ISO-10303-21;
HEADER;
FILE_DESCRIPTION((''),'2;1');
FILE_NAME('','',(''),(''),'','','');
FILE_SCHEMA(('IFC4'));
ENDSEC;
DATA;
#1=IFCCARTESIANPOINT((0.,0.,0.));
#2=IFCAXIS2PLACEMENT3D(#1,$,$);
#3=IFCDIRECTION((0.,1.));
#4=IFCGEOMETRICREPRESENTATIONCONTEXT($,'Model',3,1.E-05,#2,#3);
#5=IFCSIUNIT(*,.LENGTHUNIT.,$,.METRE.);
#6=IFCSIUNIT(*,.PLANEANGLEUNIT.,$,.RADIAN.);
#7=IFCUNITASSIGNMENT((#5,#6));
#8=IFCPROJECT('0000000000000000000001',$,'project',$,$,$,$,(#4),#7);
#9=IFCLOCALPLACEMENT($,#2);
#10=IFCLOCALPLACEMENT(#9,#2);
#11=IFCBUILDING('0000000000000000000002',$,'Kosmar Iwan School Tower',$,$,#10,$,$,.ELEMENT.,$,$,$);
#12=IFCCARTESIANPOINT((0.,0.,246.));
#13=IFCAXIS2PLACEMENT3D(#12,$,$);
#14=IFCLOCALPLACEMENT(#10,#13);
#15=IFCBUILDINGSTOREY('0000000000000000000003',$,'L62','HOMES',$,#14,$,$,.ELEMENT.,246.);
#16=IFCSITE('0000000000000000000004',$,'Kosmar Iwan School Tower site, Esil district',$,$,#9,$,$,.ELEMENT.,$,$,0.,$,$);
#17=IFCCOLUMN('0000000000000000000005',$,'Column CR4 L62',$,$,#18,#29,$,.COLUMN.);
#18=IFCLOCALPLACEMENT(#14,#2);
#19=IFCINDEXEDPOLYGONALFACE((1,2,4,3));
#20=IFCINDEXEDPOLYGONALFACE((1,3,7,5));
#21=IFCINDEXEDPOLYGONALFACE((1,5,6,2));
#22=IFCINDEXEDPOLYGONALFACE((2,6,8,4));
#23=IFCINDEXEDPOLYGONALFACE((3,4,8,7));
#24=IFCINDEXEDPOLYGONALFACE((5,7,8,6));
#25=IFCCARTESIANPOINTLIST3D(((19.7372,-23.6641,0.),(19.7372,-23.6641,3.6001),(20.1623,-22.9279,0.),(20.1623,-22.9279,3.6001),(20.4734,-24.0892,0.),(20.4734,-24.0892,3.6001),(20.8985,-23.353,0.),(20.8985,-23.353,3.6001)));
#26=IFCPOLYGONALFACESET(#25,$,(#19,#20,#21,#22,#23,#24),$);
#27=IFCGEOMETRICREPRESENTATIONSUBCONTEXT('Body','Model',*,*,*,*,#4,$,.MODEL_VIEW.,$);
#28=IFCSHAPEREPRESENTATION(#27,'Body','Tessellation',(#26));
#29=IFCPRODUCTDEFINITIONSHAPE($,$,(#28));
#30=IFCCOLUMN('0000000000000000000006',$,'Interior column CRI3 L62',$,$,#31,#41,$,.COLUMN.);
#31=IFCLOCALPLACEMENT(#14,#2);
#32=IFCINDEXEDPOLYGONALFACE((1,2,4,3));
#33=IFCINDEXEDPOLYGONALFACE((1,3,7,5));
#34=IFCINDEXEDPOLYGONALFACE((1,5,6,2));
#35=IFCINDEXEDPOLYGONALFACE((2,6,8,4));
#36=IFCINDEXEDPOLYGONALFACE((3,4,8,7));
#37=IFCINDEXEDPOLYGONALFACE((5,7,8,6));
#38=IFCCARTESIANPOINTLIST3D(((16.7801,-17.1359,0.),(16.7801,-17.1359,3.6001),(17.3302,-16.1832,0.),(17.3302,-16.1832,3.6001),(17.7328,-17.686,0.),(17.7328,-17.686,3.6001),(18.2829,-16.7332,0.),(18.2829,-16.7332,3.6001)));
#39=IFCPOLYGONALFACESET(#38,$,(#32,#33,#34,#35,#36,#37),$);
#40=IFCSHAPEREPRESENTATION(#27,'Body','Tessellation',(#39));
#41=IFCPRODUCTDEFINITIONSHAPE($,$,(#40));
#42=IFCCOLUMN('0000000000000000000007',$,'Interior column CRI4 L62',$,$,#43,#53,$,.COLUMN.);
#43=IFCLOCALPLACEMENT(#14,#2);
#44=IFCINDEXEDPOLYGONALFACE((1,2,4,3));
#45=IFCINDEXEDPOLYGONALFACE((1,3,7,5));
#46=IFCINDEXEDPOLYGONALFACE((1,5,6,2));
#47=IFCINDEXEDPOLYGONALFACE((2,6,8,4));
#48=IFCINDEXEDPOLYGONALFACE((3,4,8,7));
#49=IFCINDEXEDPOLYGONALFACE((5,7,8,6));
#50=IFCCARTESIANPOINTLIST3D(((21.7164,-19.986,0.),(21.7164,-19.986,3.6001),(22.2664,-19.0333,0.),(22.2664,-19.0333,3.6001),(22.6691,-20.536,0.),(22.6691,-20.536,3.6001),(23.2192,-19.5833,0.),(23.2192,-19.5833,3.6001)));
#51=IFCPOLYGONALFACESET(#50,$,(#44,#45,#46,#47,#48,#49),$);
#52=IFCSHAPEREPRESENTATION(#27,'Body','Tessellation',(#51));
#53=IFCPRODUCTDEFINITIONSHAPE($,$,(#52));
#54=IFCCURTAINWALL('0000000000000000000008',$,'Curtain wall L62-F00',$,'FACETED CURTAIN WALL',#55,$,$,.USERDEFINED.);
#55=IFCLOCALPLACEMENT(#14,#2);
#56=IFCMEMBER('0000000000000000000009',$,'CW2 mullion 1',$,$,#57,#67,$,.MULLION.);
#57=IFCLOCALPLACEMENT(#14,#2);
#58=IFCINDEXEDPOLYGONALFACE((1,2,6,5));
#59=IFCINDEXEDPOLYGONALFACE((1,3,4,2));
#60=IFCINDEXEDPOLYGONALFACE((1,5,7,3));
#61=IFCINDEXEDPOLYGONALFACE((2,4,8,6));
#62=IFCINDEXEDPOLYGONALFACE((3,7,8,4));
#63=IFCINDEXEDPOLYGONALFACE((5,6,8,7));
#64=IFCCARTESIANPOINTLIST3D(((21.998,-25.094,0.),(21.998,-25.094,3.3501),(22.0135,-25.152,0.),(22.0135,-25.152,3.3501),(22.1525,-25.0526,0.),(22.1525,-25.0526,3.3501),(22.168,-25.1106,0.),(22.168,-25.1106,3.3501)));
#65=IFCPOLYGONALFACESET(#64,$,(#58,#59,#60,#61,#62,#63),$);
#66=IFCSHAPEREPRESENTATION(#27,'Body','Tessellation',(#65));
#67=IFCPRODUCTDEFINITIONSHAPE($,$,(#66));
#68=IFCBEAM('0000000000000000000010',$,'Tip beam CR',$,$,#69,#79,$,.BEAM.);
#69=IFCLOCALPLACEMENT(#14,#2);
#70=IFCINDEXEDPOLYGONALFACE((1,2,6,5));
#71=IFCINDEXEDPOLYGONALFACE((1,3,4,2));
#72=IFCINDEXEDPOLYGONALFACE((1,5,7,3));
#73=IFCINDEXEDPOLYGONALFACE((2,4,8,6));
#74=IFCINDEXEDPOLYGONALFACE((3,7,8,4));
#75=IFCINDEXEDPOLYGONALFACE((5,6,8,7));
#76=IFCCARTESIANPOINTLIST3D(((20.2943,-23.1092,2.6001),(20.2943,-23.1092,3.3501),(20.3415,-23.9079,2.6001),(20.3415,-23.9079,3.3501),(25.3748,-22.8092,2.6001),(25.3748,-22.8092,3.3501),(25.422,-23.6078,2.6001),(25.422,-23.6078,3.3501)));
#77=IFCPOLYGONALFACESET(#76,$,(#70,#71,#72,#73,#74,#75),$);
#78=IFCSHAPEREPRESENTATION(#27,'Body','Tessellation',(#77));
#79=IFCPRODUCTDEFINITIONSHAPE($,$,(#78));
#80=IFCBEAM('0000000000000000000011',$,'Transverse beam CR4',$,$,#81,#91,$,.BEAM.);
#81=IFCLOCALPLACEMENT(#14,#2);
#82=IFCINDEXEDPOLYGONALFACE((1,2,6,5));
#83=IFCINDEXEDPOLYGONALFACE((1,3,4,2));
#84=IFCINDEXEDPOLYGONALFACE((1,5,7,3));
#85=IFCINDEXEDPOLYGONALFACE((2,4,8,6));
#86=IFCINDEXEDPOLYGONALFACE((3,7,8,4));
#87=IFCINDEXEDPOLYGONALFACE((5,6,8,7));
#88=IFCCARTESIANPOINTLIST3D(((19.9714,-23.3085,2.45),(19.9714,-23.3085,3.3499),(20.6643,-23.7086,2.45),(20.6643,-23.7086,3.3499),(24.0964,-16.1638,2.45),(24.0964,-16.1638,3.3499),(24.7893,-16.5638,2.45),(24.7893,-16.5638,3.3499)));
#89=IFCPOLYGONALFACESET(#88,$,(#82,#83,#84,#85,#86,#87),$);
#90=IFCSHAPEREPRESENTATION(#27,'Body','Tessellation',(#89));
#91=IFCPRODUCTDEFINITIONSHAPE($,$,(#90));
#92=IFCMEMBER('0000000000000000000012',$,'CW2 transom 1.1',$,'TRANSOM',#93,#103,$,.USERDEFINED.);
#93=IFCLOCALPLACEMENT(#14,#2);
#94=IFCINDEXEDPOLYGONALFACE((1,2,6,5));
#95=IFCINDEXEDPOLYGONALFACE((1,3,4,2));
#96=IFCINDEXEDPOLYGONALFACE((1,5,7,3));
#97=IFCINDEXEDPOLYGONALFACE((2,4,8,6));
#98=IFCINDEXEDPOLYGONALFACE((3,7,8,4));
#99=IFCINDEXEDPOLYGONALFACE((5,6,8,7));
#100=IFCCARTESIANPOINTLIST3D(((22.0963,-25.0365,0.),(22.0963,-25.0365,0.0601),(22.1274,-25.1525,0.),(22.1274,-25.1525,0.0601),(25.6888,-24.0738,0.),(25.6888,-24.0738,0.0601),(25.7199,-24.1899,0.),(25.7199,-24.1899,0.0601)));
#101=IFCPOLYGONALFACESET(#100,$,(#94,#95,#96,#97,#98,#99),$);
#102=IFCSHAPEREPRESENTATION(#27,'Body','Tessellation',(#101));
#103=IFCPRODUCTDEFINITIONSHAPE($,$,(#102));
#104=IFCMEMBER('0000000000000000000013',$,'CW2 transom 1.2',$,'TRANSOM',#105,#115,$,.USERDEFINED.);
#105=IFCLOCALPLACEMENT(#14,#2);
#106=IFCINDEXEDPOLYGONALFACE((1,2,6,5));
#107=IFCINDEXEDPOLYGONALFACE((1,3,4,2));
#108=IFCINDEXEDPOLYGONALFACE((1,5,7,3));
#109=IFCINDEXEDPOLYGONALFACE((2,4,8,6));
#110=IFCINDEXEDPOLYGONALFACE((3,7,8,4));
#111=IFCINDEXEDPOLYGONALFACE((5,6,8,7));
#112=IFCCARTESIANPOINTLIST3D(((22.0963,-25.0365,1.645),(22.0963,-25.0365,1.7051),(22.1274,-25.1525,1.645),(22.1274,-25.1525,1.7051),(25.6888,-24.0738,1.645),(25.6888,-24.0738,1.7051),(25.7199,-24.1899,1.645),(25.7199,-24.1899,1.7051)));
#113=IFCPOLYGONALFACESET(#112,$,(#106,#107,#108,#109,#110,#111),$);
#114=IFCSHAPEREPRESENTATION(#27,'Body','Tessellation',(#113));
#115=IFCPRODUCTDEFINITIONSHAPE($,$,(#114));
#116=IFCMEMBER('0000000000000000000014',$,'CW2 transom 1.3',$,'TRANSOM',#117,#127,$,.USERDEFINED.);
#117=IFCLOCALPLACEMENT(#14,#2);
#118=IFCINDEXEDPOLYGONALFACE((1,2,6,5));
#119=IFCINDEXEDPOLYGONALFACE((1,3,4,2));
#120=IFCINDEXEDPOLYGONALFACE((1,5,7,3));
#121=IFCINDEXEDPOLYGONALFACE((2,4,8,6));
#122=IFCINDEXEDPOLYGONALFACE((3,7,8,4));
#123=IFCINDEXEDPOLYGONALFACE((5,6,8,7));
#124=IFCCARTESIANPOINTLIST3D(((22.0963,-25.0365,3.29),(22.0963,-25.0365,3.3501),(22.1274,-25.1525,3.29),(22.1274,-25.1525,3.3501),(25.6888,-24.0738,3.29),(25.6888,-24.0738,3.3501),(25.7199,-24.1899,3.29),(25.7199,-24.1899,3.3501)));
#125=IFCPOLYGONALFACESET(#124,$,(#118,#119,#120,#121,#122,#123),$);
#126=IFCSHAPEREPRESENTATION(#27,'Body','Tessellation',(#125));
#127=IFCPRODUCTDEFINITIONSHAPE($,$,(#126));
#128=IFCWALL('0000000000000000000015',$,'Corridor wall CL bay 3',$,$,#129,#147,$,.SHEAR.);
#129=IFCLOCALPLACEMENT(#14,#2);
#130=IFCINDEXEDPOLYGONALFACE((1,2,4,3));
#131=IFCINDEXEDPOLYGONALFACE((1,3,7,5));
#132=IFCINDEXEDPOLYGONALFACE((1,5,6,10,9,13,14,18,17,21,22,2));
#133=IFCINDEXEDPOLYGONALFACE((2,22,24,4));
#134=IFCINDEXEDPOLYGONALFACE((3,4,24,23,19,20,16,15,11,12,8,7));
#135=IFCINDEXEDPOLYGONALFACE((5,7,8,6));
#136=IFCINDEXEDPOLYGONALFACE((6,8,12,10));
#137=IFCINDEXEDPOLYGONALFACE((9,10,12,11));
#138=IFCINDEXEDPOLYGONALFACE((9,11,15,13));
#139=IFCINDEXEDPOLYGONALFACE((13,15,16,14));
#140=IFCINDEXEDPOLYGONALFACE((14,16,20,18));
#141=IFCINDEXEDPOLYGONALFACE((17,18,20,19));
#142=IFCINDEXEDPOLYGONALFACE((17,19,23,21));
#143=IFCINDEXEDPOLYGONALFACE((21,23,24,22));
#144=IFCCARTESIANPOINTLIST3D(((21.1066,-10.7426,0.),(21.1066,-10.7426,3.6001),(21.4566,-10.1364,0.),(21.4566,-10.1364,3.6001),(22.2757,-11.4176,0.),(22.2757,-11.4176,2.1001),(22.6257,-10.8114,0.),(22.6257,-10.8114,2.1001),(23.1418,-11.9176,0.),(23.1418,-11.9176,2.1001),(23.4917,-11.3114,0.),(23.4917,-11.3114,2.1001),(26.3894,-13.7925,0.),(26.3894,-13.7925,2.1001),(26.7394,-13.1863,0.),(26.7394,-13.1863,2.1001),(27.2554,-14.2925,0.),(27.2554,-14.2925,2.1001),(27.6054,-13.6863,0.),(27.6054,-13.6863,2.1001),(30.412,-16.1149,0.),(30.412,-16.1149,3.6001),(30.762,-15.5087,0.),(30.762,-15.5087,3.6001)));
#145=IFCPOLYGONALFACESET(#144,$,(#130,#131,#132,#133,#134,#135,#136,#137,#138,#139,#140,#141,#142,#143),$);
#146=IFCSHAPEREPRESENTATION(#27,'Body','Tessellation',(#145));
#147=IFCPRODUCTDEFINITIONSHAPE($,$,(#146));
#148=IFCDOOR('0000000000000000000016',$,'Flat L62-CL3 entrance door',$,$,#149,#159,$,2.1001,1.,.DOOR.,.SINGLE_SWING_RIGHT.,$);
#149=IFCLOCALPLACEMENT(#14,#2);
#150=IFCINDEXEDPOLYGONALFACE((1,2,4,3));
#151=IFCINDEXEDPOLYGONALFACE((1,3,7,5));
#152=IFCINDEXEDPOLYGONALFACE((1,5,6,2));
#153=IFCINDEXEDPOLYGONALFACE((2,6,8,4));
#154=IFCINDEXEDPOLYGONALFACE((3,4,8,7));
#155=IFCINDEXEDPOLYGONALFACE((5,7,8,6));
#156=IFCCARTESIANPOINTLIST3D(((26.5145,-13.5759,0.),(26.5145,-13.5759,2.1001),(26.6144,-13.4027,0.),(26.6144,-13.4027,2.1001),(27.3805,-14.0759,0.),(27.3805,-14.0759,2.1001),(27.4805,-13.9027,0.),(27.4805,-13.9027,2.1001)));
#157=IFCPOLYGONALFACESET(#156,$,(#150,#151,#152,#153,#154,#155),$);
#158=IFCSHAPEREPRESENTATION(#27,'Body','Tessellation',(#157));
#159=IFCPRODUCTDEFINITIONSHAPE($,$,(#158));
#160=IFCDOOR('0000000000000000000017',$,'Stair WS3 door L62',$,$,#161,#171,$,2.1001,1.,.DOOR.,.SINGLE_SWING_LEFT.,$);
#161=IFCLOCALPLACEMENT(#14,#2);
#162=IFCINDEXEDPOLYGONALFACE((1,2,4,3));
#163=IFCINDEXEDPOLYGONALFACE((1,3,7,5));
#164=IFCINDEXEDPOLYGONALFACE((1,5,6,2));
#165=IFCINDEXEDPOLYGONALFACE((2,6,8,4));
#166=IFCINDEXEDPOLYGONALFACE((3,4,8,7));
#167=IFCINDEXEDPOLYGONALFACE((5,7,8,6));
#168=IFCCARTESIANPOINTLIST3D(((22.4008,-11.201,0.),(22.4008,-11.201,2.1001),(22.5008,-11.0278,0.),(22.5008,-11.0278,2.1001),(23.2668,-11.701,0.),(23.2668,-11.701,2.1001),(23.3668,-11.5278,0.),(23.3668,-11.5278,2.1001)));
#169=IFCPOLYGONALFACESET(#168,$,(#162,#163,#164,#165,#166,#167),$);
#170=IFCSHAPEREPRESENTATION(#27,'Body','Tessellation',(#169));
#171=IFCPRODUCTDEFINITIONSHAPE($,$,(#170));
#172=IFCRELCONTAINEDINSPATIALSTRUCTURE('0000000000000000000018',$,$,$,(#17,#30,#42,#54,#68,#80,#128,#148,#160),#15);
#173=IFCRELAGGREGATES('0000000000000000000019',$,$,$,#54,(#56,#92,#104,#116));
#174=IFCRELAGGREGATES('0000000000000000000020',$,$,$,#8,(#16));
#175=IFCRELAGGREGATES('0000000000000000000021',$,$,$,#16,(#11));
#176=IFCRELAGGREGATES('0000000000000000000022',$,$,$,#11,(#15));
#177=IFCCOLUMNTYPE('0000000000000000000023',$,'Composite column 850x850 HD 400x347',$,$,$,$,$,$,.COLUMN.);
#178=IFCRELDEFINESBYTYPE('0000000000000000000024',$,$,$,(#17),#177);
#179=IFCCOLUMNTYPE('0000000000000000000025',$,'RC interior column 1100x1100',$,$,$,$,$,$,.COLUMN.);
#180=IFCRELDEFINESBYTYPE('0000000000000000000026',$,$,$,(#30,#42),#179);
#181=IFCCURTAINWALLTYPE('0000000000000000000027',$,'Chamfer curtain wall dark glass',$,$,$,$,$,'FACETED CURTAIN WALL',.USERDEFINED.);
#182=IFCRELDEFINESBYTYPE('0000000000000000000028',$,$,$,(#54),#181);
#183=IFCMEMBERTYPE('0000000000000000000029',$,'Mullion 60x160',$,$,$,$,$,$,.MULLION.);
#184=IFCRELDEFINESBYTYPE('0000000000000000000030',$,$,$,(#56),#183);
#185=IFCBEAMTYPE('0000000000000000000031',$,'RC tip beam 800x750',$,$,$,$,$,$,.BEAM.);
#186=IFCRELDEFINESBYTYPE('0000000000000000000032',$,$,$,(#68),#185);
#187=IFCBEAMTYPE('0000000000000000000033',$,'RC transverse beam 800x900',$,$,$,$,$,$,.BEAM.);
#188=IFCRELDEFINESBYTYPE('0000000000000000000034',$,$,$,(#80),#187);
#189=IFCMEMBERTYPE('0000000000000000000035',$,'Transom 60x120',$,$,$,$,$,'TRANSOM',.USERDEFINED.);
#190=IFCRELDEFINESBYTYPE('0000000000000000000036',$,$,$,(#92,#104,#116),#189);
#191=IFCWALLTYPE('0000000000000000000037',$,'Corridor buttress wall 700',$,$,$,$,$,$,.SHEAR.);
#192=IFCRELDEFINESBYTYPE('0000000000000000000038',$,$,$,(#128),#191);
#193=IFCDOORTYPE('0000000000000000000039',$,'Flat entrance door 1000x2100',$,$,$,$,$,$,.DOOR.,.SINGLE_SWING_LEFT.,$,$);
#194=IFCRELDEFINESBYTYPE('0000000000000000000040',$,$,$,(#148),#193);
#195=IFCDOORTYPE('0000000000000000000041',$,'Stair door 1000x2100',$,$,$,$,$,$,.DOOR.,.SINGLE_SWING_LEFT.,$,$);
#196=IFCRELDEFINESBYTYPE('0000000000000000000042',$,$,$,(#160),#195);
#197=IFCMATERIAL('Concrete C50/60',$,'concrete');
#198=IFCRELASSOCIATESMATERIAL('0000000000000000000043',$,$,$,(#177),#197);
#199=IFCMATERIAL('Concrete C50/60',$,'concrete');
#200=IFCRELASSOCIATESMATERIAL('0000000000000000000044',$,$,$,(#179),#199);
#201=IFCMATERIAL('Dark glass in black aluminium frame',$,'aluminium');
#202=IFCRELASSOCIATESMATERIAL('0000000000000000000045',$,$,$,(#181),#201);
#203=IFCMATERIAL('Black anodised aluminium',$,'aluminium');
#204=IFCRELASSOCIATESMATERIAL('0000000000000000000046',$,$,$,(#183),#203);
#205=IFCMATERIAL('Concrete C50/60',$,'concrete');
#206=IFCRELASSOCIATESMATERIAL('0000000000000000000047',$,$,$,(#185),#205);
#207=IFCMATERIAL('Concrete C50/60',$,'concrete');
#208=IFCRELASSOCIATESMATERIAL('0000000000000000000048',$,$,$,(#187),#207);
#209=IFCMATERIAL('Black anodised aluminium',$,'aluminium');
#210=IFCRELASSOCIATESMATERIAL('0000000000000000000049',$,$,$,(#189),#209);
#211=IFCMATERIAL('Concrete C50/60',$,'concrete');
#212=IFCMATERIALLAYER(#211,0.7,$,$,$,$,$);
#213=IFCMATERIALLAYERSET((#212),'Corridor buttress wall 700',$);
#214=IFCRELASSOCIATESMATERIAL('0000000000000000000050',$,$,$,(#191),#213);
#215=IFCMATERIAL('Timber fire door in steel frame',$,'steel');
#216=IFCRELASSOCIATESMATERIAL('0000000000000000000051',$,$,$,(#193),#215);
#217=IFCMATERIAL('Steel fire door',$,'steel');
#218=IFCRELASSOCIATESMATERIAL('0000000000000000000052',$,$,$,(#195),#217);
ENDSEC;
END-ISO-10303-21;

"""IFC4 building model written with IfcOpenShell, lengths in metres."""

from ifc_helpers import new_model, si_unit, direction, frame, frame_2d, origin, origin_2d, place, context, subcontext, project, spatial, rectangle, extrude, material, layer, layer_set, material_profile, profile_set, type_object, element, fill, aggregate, save


model = new_model("IFC4")

# Units and contexts
model_context = context("Model", 3, precision=1e-05, world=origin(), true_north=direction((0.0, 1.0)))
body_context = subcontext(model_context, "Body", "Model", "MODEL_VIEW")
ifc_project = project(units=[si_unit("LENGTHUNIT", "METRE"), si_unit("PLANEANGLEUNIT", "RADIAN")], contexts=[model_context])

# Site, building, storey
site_placement = place(None, origin())
site = spatial("IfcSite", under=ifc_project, at=site_placement, Name="Kosmar Iwan School Tower site, Esil district", CompositionType="ELEMENT", RefElevation=0.0)
building_placement = place(site_placement, origin())
building = spatial("IfcBuilding", under=site, at=building_placement, Name="Kosmar Iwan School Tower", CompositionType="ELEMENT")
storey_placement = place(building_placement, frame((0.0, 0.0, 246.0)))
storey = spatial("IfcBuildingStorey", under=building, at=storey_placement, Name="L62", Description="HOMES", CompositionType="ELEMENT", Elevation=246.0)

# Columns
ifc_material_1 = material(Name="Concrete C50/60", Category="concrete")
ifc_material_profile_1 = material_profile(ifc_material_1, rectangle(XDim=0.8501, YDim=0.8501, at=origin_2d()), Name="RC 850x850 + HD 400x347")
ifc_profile_set_1 = profile_set([ifc_material_profile_1], Name="Concrete C50/60")
column_type_1 = type_object("IfcColumnType", Name="Composite column 850x850 HD 400x347", PredefinedType="COLUMN", material=ifc_profile_set_1)
column_placement = place(storey_placement, frame((20.3179, -23.5085, 0.0), z_axis=(0.0, 0.0, 1.0), x_axis=(0.866025, -0.5, 0.0)))
element("IfcColumn", 1, at=column_placement, inside=storey, type_object=column_type_1, Name="Column CR4 L62", PredefinedType="COLUMN", context=body_context, shape_type="SweptSolid", body=[
    extrude(rectangle(XDim=0.8501, YDim=0.8501, at=origin_2d()), origin(), (0.0, 0.0, 1.0), 3.6001),
])
ifc_material_2 = material(Name="Concrete C50/60", Category="concrete")
ifc_material_profile_2 = material_profile(ifc_material_2, rectangle(XDim=1.1001, YDim=1.1001, at=origin_2d()), Name="RC 1100x1100")
ifc_profile_set_2 = profile_set([ifc_material_profile_2], Name="Concrete C50/60")
column_type_2 = type_object("IfcColumnType", Name="RC interior column 1100x1100", PredefinedType="COLUMN", material=ifc_profile_set_2)
for number, where, z_axis, x_axis, name in (
    (2, (17.5315, -16.9346, 0.0), (0.0, 0.0, 1.0), (0.866025, -0.5, 0.0), "Interior column CRI3 L62"),
    (3, (22.4678, -19.7847, 0.0), (0.0, 0.0, 1.0), (0.866025, -0.5, 0.0), "Interior column CRI4 L62"),
):
    element("IfcColumn", number, at=place(storey_placement, frame(where, z_axis=z_axis, x_axis=x_axis)), inside=storey, type_object=column_type_2, Name=name, PredefinedType="COLUMN", context=body_context, shape_type="SweptSolid", body=[
        extrude(rectangle(XDim=1.1001, YDim=1.1001, at=origin_2d()), origin(), (0.0, 0.0, 1.0), 3.6001),
    ])

# Curtain wall, member
ifc_material_3 = material(Name="Dark glass in black aluminium frame", Category="aluminium")
curtain_wall_type = type_object("IfcCurtainWallType", Name="Chamfer curtain wall dark glass", ElementType="FACETED CURTAIN WALL", PredefinedType="USERDEFINED", material=ifc_material_3)
curtain_wall_placement = place(storey_placement, origin())
curtain_wall = element("IfcCurtainWall", 4, at=curtain_wall_placement, inside=storey, type_object=curtain_wall_type, Name="Curtain wall L62-F00", ObjectType="FACETED CURTAIN WALL", PredefinedType="USERDEFINED")
ifc_material_4 = material(Name="Black anodised aluminium", Category="aluminium")
ifc_material_profile_3 = material_profile(ifc_material_4, rectangle(XDim=0.0601, YDim=0.1599, at=origin_2d()), Name="MULLION 60x160")
ifc_profile_set_3 = profile_set([ifc_material_profile_3], Name="Black anodised aluminium")
member_type_1 = type_object("IfcMemberType", Name="Mullion 60x160", PredefinedType="MULLION", material=ifc_profile_set_3)
member_1_placement = place(storey_placement, frame((22.083, -25.1023, 0.0), z_axis=(0.0, 0.0, 1.0), x_axis=(-0.258819, 0.965926, 0.0)))
member_1 = element("IfcMember", 5, at=member_1_placement, type_object=member_type_1, Name="CW2 mullion 1", PredefinedType="MULLION", context=body_context, shape_type="SweptSolid", body=[
    extrude(rectangle(XDim=0.0601, YDim=0.1599, at=origin_2d()), origin(), (0.0, 0.0, 1.0), 3.3501),
])

# Beams
ifc_material_5 = material(Name="Concrete C50/60", Category="concrete")
ifc_material_profile_4 = material_profile(ifc_material_5, rectangle(XDim=0.8, YDim=0.75, at=origin_2d()), Name="RC 800x750")
ifc_profile_set_4 = profile_set([ifc_material_profile_4], Name="Concrete C50/60")
beam_type_1 = type_object("IfcBeamType", Name="RC tip beam 800x750", PredefinedType="BEAM", material=ifc_profile_set_4)
beam_1_placement = place(storey_placement, frame((20.3179, -23.5085, 2.9751), z_axis=(0.998261, 0.058955, 0.0), x_axis=(-0.058955, 0.998261, 0.0)))
element("IfcBeam", 6, at=beam_1_placement, inside=storey, type_object=beam_type_1, Name="Tip beam CR", PredefinedType="BEAM", context=body_context, shape_type="SweptSolid", body=[
    extrude(rectangle(XDim=0.8, YDim=0.75, at=origin_2d()), origin(), (0.0, 0.0, 1.0), 5.0894),
])
ifc_material_6 = material(Name="Concrete C50/60", Category="concrete")
ifc_material_profile_5 = material_profile(ifc_material_6, rectangle(XDim=0.8, YDim=0.8999, at=origin_2d()), Name="RC 800x900")
ifc_profile_set_5 = profile_set([ifc_material_profile_5], Name="Concrete C50/60")
beam_type_2 = type_object("IfcBeamType", Name="RC transverse beam 800x900", PredefinedType="BEAM", material=ifc_profile_set_5)
beam_2_placement = place(storey_placement, frame((20.3179, -23.5085, 2.8999), z_axis=(0.499997, 0.866027, 0.0), x_axis=(-0.866027, 0.499997, 0.0)))
element("IfcBeam", 7, at=beam_2_placement, inside=storey, type_object=beam_type_2, Name="Transverse beam CR4", PredefinedType="BEAM", context=body_context, shape_type="SweptSolid", body=[
    extrude(rectangle(XDim=0.8, YDim=0.8999, at=origin_2d()), origin(), (0.0, 0.0, 1.0), 8.25),
])

# Members
ifc_material_7 = material(Name="Black anodised aluminium", Category="aluminium")
ifc_material_profile_6 = material_profile(ifc_material_7, rectangle(XDim=0.1201, YDim=0.0601, at=origin_2d()), Name="TRANSOM 60x120")
ifc_profile_set_6 = profile_set([ifc_material_profile_6], Name="Black anodised aluminium")
member_type_2 = type_object("IfcMemberType", Name="Transom 60x120", ElementType="TRANSOM", PredefinedType="USERDEFINED", material=ifc_profile_set_6)
member_2_placement = place(storey_placement, frame((22.1118, -25.0945, 0.03), z_axis=(0.965924, 0.258827, 0.0), x_axis=(-0.258827, 0.965924, 0.0)))
member_2 = element("IfcMember", 8, at=member_2_placement, type_object=member_type_2, Name="CW2 transom 1.1", ObjectType="TRANSOM", PredefinedType="USERDEFINED", context=body_context, shape_type="SweptSolid", body=[
    extrude(rectangle(XDim=0.1201, YDim=0.0601, at=origin_2d()), origin(), (0.0, 0.0, 1.0), 3.7192),
])
member_3_placement = place(storey_placement, frame((22.1118, -25.0945, 1.675), z_axis=(0.965924, 0.258827, 0.0), x_axis=(-0.258827, 0.965924, 0.0)))
member_3 = element("IfcMember", 9, at=member_3_placement, type_object=member_type_2, Name="CW2 transom 1.2", ObjectType="TRANSOM", PredefinedType="USERDEFINED", context=body_context, shape_type="SweptSolid", body=[
    extrude(rectangle(XDim=0.1201, YDim=0.0601, at=origin_2d()), origin(), (0.0, 0.0, 1.0), 3.7192),
])
member_4_placement = place(storey_placement, frame((22.1118, -25.0945, 3.3201), z_axis=(0.965924, 0.258827, 0.0), x_axis=(-0.258827, 0.965924, 0.0)))
member_4 = element("IfcMember", 10, at=member_4_placement, type_object=member_type_2, Name="CW2 transom 1.3", ObjectType="TRANSOM", PredefinedType="USERDEFINED", context=body_context, shape_type="SweptSolid", body=[
    extrude(rectangle(XDim=0.1201, YDim=0.0601, at=origin_2d()), origin(), (0.0, 0.0, 1.0), 3.7192),
])
aggregate(curtain_wall, [member_1, member_2, member_3, member_4])

# Wall, openings, doors
ifc_material_8 = material(Name="Concrete C50/60", Category="concrete")
ifc_layer_1 = layer(ifc_material_8, 0.7)
ifc_layer_set_1 = layer_set([ifc_layer_1], Name="Corridor buttress wall 700")
wall_type_1 = type_object("IfcWallType", Name="Corridor buttress wall 700", PredefinedType="SHEAR", material=ifc_layer_set_1)
wall_1_placement = place(storey_placement, frame((21.2815, -10.4395, 0.0), z_axis=(0.0, 0.0, 1.0), x_axis=(0.866032, -0.499988, 0.0)))
wall_1 = element("IfcWall", 11, at=wall_1_placement, inside=storey, type_object=wall_type_1, Name="Corridor wall CL bay 3", PredefinedType="SHEAR", context=body_context, shape_type="SweptSolid", body=[
    extrude(rectangle(XDim=10.7449, YDim=0.7, at=frame_2d((5.3726, 0.0))), origin(), (0.0, 0.0, 1.0), 3.6001),
])
opening_1_placement = place(wall_1_placement, frame((6.1001, 0.0, 0.0)))
opening_1 = element("IfcOpeningElement", 12, at=opening_1_placement, cuts=wall_1, PredefinedType="OPENING", context=body_context, shape_type="SweptSolid", body=[
    extrude(rectangle(XDim=1.0, YDim=2.1001, at=frame_2d((0.5, 1.05))), frame((0.0, 0.3621, 0.0), z_axis=(0.0, -1.0, 0.0), x_axis=(1.0, 0.0, 0.0)), (0.0, 0.0, 1.0), 0.7239),
])
opening_2_placement = place(wall_1_placement, frame((1.3501, 0.0, 0.0)))
opening_2 = element("IfcOpeningElement", 13, at=opening_2_placement, cuts=wall_1, PredefinedType="OPENING", context=body_context, shape_type="SweptSolid", body=[
    extrude(rectangle(XDim=1.0, YDim=2.1001, at=frame_2d((0.5, 1.05))), frame((0.0, 0.3621, 0.0), z_axis=(0.0, -1.0, 0.0), x_axis=(1.0, 0.0, 0.0)), (0.0, 0.0, 1.0), 0.7239),
])
ifc_material_9 = material(Name="Timber fire door in steel frame", Category="steel")
door_type_1 = type_object("IfcDoorType", Name="Flat entrance door 1000x2100", OperationType="SINGLE_SWING_LEFT", PredefinedType="DOOR", material=ifc_material_9)
door_1_placement = place(opening_1_placement, origin())
door_1 = element("IfcDoor", 14, at=door_1_placement, inside=storey, type_object=door_type_1, Name="Flat L62-CL3 entrance door", OperationType="SINGLE_SWING_RIGHT", OverallHeight=2.1001, OverallWidth=1.0, PredefinedType="DOOR", context=body_context, shape_type="SweptSolid", body=[
    extrude(rectangle(XDim=1.0, YDim=2.1001, at=frame_2d((0.5, 1.05))), frame((0.0, 0.1001, 0.0), z_axis=(0.0, -1.0, 0.0), x_axis=(1.0, 0.0, 0.0)), (0.0, 0.0, 1.0), 0.2),
])
fill(opening_1, door_1)
ifc_material_10 = material(Name="Steel fire door", Category="steel")
door_type_2 = type_object("IfcDoorType", Name="Stair door 1000x2100", OperationType="SINGLE_SWING_LEFT", PredefinedType="DOOR", material=ifc_material_10)
door_2_placement = place(opening_2_placement, origin())
door_2 = element("IfcDoor", 15, at=door_2_placement, inside=storey, type_object=door_type_2, Name="Stair WS3 door L62", OperationType="SINGLE_SWING_LEFT", OverallHeight=2.1001, OverallWidth=1.0, PredefinedType="DOOR", context=body_context, shape_type="SweptSolid", body=[
    extrude(rectangle(XDim=1.0, YDim=2.1001, at=frame_2d((0.5, 1.05))), frame((0.0, 0.1001, 0.0), z_axis=(0.0, -1.0, 0.0), x_axis=(1.0, 0.0, 0.0)), (0.0, 0.0, 1.0), 0.2),
])
fill(opening_2, door_2)

save(model, "model.ifc")
